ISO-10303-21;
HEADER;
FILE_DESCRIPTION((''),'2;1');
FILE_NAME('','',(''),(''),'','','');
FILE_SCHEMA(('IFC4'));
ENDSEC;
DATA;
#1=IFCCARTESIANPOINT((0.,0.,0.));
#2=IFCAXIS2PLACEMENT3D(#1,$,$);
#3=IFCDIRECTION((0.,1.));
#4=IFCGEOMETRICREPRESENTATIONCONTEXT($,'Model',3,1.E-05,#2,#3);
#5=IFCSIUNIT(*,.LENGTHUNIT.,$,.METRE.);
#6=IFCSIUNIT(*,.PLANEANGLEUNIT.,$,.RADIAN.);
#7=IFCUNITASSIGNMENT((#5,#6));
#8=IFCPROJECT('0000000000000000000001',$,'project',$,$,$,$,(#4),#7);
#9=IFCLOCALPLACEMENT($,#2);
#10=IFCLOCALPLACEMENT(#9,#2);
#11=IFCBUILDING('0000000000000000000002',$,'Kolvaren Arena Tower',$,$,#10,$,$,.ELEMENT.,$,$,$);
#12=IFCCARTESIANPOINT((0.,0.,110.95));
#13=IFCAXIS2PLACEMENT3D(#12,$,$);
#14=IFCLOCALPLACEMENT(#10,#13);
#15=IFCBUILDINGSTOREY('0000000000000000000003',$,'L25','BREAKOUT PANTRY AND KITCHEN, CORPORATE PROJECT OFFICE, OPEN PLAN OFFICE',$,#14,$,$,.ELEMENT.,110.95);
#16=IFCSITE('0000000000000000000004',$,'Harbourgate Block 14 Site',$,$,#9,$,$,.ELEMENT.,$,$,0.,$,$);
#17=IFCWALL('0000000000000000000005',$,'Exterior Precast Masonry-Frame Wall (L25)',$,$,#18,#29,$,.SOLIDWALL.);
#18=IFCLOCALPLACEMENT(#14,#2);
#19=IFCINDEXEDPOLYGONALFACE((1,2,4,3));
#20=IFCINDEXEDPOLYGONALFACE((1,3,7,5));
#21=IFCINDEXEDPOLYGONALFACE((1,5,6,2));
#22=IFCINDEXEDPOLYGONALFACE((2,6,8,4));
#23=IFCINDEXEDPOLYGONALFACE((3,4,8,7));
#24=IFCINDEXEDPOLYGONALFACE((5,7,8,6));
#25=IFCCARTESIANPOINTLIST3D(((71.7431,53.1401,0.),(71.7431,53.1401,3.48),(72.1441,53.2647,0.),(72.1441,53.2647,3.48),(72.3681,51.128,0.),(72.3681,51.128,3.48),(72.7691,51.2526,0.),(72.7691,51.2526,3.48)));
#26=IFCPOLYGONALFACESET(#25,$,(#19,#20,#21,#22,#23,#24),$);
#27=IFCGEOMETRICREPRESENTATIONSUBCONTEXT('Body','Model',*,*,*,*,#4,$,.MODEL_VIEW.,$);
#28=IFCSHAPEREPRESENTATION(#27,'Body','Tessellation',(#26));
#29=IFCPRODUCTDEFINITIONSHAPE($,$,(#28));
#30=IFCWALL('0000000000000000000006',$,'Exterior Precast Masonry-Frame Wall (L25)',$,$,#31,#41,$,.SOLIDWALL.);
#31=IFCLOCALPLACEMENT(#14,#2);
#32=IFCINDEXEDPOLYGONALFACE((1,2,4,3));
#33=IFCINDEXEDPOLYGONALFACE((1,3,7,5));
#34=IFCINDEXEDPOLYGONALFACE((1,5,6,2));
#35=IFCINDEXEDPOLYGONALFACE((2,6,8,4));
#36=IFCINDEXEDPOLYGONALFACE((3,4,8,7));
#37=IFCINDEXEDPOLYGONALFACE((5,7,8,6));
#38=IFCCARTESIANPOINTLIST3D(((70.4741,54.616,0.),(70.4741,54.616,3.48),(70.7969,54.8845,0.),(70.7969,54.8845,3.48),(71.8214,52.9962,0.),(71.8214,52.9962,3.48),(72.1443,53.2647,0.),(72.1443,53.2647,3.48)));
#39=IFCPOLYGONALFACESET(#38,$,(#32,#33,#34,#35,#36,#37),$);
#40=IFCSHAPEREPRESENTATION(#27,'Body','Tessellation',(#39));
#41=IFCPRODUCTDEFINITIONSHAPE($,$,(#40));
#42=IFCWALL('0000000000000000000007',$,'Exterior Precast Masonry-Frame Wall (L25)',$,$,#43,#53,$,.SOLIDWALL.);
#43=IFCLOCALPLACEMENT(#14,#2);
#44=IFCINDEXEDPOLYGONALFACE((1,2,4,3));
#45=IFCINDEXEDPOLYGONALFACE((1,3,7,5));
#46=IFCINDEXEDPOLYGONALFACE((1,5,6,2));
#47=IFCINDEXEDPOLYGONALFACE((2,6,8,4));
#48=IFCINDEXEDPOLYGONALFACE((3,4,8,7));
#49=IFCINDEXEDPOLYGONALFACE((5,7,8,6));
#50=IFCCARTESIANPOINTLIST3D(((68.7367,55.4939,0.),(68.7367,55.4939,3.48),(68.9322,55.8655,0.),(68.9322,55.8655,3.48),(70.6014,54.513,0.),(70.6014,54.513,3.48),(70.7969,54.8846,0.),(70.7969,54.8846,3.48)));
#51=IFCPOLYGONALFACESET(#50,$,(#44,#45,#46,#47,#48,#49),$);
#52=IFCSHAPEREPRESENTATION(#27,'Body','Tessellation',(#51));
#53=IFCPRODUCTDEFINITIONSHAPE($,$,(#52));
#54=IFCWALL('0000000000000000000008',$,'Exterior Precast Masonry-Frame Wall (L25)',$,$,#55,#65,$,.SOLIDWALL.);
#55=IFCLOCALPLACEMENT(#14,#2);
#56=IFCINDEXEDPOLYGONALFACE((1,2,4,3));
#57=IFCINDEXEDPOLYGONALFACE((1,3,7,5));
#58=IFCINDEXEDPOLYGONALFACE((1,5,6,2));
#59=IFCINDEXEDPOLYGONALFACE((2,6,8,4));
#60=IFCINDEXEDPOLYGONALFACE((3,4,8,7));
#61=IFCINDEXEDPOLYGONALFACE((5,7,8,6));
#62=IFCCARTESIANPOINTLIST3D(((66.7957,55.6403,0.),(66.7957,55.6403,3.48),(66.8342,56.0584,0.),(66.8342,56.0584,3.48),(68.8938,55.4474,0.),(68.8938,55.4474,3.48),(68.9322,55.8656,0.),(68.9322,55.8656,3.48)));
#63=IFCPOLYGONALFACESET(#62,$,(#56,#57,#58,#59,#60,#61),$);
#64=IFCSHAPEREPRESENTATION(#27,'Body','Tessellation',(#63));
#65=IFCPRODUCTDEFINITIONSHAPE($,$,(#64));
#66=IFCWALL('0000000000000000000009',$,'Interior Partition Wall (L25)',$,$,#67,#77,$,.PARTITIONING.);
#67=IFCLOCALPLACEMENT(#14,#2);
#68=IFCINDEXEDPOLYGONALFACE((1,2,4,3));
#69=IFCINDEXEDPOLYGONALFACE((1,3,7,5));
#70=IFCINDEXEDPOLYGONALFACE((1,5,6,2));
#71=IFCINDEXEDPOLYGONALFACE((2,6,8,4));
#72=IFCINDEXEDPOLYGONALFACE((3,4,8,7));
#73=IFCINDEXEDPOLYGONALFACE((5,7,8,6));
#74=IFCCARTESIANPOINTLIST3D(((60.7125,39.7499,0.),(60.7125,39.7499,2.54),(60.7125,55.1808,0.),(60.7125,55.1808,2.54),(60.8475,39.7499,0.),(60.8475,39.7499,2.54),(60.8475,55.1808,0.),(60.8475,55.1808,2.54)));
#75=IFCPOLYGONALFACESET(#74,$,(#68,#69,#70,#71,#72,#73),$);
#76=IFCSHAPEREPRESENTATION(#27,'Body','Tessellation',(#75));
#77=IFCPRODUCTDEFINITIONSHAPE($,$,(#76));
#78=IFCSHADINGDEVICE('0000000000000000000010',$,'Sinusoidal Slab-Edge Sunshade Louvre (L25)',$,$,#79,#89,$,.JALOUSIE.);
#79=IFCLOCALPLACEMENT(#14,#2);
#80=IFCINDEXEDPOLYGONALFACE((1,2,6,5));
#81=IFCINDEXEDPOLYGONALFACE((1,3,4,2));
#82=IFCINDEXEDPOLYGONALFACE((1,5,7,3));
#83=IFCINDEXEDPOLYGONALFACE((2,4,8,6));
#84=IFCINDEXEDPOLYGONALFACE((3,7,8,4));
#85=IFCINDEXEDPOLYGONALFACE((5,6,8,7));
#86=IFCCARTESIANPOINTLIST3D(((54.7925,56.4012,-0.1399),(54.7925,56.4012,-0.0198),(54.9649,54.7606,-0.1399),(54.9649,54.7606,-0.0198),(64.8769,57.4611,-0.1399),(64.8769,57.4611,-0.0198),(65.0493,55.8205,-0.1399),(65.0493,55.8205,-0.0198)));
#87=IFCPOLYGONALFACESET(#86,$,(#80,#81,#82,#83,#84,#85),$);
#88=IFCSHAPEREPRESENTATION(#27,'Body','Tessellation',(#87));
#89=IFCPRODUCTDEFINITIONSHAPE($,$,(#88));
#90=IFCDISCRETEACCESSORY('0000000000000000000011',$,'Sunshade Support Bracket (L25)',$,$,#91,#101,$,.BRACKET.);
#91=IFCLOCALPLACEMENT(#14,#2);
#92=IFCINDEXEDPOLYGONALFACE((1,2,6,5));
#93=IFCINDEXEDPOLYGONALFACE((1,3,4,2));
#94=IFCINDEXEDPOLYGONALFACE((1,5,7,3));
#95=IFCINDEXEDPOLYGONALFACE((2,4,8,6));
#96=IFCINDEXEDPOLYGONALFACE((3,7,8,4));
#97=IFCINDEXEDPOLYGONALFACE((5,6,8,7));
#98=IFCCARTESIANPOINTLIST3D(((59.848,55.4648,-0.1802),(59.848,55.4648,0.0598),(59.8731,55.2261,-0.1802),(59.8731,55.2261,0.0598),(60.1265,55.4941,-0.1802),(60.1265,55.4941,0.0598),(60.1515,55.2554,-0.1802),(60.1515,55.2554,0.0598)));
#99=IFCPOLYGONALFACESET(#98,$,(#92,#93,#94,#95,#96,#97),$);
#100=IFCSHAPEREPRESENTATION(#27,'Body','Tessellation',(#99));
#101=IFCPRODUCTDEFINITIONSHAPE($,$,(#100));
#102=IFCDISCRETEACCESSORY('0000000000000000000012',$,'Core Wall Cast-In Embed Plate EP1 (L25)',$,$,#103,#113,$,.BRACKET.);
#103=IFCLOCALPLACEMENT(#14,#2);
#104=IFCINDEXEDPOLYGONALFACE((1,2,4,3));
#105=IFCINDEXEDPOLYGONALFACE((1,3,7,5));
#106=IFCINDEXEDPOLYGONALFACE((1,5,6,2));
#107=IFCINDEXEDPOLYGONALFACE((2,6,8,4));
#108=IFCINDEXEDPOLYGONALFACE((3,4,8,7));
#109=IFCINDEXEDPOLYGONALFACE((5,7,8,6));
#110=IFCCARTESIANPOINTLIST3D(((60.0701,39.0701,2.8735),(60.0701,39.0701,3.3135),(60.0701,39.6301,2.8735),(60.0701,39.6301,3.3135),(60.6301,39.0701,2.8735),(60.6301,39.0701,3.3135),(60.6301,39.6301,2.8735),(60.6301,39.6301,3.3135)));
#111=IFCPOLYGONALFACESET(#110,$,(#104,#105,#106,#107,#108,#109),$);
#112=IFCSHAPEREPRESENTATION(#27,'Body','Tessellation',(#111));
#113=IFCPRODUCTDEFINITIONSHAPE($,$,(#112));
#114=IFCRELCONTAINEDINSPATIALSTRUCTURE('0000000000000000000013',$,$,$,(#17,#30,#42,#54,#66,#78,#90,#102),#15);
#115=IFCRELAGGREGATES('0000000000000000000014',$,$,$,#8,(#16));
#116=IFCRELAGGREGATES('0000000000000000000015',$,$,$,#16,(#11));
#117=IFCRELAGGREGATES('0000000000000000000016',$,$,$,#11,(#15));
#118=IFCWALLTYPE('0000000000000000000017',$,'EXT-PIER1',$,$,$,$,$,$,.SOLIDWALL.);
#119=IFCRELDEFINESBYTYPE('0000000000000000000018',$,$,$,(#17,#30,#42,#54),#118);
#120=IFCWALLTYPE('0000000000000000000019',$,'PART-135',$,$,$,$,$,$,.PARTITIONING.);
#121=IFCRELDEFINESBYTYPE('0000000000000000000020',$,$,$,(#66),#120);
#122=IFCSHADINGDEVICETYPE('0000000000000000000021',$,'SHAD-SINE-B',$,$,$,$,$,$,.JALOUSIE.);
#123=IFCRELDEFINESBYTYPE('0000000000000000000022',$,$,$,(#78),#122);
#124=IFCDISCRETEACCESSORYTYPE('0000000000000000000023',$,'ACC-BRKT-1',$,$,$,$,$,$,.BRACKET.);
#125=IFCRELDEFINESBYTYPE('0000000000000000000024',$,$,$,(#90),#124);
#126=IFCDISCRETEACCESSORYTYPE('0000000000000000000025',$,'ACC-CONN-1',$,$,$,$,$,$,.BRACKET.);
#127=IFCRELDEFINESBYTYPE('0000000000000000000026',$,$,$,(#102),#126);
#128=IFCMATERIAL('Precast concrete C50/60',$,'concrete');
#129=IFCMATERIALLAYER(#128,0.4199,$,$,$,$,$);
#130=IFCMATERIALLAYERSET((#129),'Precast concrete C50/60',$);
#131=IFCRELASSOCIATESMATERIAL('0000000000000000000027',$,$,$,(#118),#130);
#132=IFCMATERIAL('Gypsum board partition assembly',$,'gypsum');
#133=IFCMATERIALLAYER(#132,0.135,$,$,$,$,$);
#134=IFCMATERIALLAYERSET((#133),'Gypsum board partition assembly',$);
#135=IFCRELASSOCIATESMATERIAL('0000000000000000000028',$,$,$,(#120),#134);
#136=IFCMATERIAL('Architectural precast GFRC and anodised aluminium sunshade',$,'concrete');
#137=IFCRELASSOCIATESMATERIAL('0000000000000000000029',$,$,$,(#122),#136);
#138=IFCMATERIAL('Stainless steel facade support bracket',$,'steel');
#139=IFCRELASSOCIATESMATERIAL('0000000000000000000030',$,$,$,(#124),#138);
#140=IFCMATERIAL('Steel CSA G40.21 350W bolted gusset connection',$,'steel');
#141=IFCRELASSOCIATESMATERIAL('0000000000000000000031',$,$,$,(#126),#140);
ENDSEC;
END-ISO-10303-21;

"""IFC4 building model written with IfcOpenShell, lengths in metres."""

from ifc_helpers import new_model, si_unit, direction, frame, frame_2d, origin, origin_2d, place, context, subcontext, project, spatial, rectangle, extrude, material, layer, layer_set, type_object, element, save


model = new_model("IFC4")

# Units and contexts
model_context = context("Model", 3, precision=1e-05, world=origin(), true_north=direction((0.0, 1.0)))
body_context = subcontext(model_context, "Body", "Model", "MODEL_VIEW")
ifc_project = project(units=[si_unit("LENGTHUNIT", "METRE"), si_unit("PLANEANGLEUNIT", "RADIAN")], contexts=[model_context])

# Site, building, storey
site_placement = place(None, origin())
site = spatial("IfcSite", under=ifc_project, at=site_placement, Name="Harbourgate Block 14 Site", CompositionType="ELEMENT", RefElevation=0.0)
building_placement = place(site_placement, origin())
building = spatial("IfcBuilding", under=site, at=building_placement, Name="Kolvaren Arena Tower", CompositionType="ELEMENT")
storey_placement = place(building_placement, frame((0.0, 0.0, 110.95)))
storey = spatial("IfcBuildingStorey", under=building, at=storey_placement, Name="L25", Description="BREAKOUT PANTRY AND KITCHEN, CORPORATE PROJECT OFFICE, OPEN PLAN OFFICE", CompositionType="ELEMENT", Elevation=110.95)

# Shared definitions
ifc_material_1 = material(Name="Precast concrete C50/60", Category="concrete")
ifc_layer_1 = layer(ifc_material_1, 0.4199)
ifc_layer_set_1 = layer_set([ifc_layer_1], Name="Precast concrete C50/60")
wall_type_1 = type_object("IfcWallType", Name="EXT-PIER1", PredefinedType="SOLIDWALL", material=ifc_layer_set_1)

# Walls
for number, where, z_axis, x_axis, name in (
    (1, (71.9436, 53.2024, 0.0), (0.0, 0.0, 1.0), (0.296625, -0.954994, 0.0), "Exterior Precast Masonry-Frame Wall (L25)"),
    (2, (70.6355, 54.7502, 0.0), (0.0, 0.0, 1.0), (0.639489, -0.7688, 0.0), "Exterior Precast Masonry-Frame Wall (L25)"),
    (3, (68.8345, 55.6797, 0.0), (0.0, 0.0, 1.0), (0.885014, -0.465565, 0.0), "Exterior Precast Masonry-Frame Wall (L25)"),
    (4, (66.8149, 55.8494, 0.0), (0.0, 0.0, 1.0), (0.995802, -0.091539, 0.0), "Exterior Precast Masonry-Frame Wall (L25)"),
):
    element("IfcWall", number, at=place(storey_placement, frame(where, z_axis=z_axis, x_axis=x_axis)), inside=storey, type_object=wall_type_1, Name=name, PredefinedType="SOLIDWALL", context=body_context, shape_type="SweptSolid", body=[
        extrude(rectangle(XDim=2.1069, YDim=0.4199, at=frame_2d((1.0535, 0.0))), origin(), (0.0, 0.0, 1.0), 3.48),
    ])
ifc_material_2 = material(Name="Gypsum board partition assembly", Category="gypsum")
ifc_layer_2 = layer(ifc_material_2, 0.135)
ifc_layer_set_2 = layer_set([ifc_layer_2], Name="Gypsum board partition assembly")
wall_type_2 = type_object("IfcWallType", Name="PART-135", PredefinedType="PARTITIONING", material=ifc_layer_set_2)
wall_1_placement = place(storey_placement, frame((60.78, 39.75, 0.0), z_axis=(0.0, 0.0, 1.0), x_axis=(0.0, 1.0, 0.0)))
element("IfcWall", 5, at=wall_1_placement, inside=storey, type_object=wall_type_2, Name="Interior Partition Wall (L25)", PredefinedType="PARTITIONING", context=body_context, shape_type="SweptSolid", body=[
    extrude(rectangle(XDim=15.4309, YDim=0.135, at=frame_2d((7.7153, 0.0))), origin(), (0.0, 0.0, 1.0), 2.54),
])

# Shading device
ifc_material_3 = material(Name="Architectural precast GFRC and anodised aluminium sunshade", Category="concrete")
shading_device_type = type_object("IfcShadingDeviceType", Name="SHAD-SINE-B", PredefinedType="JALOUSIE", material=ifc_material_3)
shading_device_placement = place(storey_placement, frame((59.9209, 56.1108, -0.1399), z_axis=(0.0, 0.0, 1.0), x_axis=(0.994522, 0.104527, 0.0)))
element("IfcShadingDevice", 6, at=shading_device_placement, inside=storey, type_object=shading_device_type, Name="Sinusoidal Slab-Edge Sunshade Louvre (L25)", PredefinedType="JALOUSIE", context=body_context, shape_type="SweptSolid", body=[
    extrude(rectangle(XDim=10.1399, YDim=1.6497, at=origin_2d()), origin(), (0.0, 0.0, 1.0), 0.1201),
])

# Discrete accessories
ifc_material_4 = material(Name="Stainless steel facade support bracket", Category="steel")
discrete_accessory_type_1 = type_object("IfcDiscreteAccessoryType", Name="ACC-BRKT-1", PredefinedType="BRACKET", material=ifc_material_4)
discrete_accessory_1_placement = place(storey_placement, frame((59.9998, 55.3601, -0.1802), z_axis=(0.0, 0.0, 1.0), x_axis=(0.994522, 0.104527, 0.0)))
element("IfcDiscreteAccessory", 7, at=discrete_accessory_1_placement, inside=storey, type_object=discrete_accessory_type_1, Name="Sunshade Support Bracket (L25)", PredefinedType="BRACKET", context=body_context, shape_type="SweptSolid", body=[
    extrude(rectangle(XDim=0.28, YDim=0.24, at=origin_2d()), origin(), (0.0, 0.0, 1.0), 0.24),
])
ifc_material_5 = material(Name="Steel CSA G40.21 350W bolted gusset connection", Category="steel")
discrete_accessory_type_2 = type_object("IfcDiscreteAccessoryType", Name="ACC-CONN-1", PredefinedType="BRACKET", material=ifc_material_5)
discrete_accessory_2_placement = place(storey_placement, frame((60.3501, 39.3501, 2.8735), z_axis=(0.0, 0.0, 1.0), x_axis=(1.0, 0.0, 0.0)))
element("IfcDiscreteAccessory", 8, at=discrete_accessory_2_placement, inside=storey, type_object=discrete_accessory_type_2, Name="Core Wall Cast-In Embed Plate EP1 (L25)", PredefinedType="BRACKET", context=body_context, shape_type="SweptSolid", body=[
    extrude(rectangle(XDim=0.5601, YDim=0.5601, at=origin_2d()), origin(), (0.0, 0.0, 1.0), 0.4399),
])

save(model, "model.ifc")
